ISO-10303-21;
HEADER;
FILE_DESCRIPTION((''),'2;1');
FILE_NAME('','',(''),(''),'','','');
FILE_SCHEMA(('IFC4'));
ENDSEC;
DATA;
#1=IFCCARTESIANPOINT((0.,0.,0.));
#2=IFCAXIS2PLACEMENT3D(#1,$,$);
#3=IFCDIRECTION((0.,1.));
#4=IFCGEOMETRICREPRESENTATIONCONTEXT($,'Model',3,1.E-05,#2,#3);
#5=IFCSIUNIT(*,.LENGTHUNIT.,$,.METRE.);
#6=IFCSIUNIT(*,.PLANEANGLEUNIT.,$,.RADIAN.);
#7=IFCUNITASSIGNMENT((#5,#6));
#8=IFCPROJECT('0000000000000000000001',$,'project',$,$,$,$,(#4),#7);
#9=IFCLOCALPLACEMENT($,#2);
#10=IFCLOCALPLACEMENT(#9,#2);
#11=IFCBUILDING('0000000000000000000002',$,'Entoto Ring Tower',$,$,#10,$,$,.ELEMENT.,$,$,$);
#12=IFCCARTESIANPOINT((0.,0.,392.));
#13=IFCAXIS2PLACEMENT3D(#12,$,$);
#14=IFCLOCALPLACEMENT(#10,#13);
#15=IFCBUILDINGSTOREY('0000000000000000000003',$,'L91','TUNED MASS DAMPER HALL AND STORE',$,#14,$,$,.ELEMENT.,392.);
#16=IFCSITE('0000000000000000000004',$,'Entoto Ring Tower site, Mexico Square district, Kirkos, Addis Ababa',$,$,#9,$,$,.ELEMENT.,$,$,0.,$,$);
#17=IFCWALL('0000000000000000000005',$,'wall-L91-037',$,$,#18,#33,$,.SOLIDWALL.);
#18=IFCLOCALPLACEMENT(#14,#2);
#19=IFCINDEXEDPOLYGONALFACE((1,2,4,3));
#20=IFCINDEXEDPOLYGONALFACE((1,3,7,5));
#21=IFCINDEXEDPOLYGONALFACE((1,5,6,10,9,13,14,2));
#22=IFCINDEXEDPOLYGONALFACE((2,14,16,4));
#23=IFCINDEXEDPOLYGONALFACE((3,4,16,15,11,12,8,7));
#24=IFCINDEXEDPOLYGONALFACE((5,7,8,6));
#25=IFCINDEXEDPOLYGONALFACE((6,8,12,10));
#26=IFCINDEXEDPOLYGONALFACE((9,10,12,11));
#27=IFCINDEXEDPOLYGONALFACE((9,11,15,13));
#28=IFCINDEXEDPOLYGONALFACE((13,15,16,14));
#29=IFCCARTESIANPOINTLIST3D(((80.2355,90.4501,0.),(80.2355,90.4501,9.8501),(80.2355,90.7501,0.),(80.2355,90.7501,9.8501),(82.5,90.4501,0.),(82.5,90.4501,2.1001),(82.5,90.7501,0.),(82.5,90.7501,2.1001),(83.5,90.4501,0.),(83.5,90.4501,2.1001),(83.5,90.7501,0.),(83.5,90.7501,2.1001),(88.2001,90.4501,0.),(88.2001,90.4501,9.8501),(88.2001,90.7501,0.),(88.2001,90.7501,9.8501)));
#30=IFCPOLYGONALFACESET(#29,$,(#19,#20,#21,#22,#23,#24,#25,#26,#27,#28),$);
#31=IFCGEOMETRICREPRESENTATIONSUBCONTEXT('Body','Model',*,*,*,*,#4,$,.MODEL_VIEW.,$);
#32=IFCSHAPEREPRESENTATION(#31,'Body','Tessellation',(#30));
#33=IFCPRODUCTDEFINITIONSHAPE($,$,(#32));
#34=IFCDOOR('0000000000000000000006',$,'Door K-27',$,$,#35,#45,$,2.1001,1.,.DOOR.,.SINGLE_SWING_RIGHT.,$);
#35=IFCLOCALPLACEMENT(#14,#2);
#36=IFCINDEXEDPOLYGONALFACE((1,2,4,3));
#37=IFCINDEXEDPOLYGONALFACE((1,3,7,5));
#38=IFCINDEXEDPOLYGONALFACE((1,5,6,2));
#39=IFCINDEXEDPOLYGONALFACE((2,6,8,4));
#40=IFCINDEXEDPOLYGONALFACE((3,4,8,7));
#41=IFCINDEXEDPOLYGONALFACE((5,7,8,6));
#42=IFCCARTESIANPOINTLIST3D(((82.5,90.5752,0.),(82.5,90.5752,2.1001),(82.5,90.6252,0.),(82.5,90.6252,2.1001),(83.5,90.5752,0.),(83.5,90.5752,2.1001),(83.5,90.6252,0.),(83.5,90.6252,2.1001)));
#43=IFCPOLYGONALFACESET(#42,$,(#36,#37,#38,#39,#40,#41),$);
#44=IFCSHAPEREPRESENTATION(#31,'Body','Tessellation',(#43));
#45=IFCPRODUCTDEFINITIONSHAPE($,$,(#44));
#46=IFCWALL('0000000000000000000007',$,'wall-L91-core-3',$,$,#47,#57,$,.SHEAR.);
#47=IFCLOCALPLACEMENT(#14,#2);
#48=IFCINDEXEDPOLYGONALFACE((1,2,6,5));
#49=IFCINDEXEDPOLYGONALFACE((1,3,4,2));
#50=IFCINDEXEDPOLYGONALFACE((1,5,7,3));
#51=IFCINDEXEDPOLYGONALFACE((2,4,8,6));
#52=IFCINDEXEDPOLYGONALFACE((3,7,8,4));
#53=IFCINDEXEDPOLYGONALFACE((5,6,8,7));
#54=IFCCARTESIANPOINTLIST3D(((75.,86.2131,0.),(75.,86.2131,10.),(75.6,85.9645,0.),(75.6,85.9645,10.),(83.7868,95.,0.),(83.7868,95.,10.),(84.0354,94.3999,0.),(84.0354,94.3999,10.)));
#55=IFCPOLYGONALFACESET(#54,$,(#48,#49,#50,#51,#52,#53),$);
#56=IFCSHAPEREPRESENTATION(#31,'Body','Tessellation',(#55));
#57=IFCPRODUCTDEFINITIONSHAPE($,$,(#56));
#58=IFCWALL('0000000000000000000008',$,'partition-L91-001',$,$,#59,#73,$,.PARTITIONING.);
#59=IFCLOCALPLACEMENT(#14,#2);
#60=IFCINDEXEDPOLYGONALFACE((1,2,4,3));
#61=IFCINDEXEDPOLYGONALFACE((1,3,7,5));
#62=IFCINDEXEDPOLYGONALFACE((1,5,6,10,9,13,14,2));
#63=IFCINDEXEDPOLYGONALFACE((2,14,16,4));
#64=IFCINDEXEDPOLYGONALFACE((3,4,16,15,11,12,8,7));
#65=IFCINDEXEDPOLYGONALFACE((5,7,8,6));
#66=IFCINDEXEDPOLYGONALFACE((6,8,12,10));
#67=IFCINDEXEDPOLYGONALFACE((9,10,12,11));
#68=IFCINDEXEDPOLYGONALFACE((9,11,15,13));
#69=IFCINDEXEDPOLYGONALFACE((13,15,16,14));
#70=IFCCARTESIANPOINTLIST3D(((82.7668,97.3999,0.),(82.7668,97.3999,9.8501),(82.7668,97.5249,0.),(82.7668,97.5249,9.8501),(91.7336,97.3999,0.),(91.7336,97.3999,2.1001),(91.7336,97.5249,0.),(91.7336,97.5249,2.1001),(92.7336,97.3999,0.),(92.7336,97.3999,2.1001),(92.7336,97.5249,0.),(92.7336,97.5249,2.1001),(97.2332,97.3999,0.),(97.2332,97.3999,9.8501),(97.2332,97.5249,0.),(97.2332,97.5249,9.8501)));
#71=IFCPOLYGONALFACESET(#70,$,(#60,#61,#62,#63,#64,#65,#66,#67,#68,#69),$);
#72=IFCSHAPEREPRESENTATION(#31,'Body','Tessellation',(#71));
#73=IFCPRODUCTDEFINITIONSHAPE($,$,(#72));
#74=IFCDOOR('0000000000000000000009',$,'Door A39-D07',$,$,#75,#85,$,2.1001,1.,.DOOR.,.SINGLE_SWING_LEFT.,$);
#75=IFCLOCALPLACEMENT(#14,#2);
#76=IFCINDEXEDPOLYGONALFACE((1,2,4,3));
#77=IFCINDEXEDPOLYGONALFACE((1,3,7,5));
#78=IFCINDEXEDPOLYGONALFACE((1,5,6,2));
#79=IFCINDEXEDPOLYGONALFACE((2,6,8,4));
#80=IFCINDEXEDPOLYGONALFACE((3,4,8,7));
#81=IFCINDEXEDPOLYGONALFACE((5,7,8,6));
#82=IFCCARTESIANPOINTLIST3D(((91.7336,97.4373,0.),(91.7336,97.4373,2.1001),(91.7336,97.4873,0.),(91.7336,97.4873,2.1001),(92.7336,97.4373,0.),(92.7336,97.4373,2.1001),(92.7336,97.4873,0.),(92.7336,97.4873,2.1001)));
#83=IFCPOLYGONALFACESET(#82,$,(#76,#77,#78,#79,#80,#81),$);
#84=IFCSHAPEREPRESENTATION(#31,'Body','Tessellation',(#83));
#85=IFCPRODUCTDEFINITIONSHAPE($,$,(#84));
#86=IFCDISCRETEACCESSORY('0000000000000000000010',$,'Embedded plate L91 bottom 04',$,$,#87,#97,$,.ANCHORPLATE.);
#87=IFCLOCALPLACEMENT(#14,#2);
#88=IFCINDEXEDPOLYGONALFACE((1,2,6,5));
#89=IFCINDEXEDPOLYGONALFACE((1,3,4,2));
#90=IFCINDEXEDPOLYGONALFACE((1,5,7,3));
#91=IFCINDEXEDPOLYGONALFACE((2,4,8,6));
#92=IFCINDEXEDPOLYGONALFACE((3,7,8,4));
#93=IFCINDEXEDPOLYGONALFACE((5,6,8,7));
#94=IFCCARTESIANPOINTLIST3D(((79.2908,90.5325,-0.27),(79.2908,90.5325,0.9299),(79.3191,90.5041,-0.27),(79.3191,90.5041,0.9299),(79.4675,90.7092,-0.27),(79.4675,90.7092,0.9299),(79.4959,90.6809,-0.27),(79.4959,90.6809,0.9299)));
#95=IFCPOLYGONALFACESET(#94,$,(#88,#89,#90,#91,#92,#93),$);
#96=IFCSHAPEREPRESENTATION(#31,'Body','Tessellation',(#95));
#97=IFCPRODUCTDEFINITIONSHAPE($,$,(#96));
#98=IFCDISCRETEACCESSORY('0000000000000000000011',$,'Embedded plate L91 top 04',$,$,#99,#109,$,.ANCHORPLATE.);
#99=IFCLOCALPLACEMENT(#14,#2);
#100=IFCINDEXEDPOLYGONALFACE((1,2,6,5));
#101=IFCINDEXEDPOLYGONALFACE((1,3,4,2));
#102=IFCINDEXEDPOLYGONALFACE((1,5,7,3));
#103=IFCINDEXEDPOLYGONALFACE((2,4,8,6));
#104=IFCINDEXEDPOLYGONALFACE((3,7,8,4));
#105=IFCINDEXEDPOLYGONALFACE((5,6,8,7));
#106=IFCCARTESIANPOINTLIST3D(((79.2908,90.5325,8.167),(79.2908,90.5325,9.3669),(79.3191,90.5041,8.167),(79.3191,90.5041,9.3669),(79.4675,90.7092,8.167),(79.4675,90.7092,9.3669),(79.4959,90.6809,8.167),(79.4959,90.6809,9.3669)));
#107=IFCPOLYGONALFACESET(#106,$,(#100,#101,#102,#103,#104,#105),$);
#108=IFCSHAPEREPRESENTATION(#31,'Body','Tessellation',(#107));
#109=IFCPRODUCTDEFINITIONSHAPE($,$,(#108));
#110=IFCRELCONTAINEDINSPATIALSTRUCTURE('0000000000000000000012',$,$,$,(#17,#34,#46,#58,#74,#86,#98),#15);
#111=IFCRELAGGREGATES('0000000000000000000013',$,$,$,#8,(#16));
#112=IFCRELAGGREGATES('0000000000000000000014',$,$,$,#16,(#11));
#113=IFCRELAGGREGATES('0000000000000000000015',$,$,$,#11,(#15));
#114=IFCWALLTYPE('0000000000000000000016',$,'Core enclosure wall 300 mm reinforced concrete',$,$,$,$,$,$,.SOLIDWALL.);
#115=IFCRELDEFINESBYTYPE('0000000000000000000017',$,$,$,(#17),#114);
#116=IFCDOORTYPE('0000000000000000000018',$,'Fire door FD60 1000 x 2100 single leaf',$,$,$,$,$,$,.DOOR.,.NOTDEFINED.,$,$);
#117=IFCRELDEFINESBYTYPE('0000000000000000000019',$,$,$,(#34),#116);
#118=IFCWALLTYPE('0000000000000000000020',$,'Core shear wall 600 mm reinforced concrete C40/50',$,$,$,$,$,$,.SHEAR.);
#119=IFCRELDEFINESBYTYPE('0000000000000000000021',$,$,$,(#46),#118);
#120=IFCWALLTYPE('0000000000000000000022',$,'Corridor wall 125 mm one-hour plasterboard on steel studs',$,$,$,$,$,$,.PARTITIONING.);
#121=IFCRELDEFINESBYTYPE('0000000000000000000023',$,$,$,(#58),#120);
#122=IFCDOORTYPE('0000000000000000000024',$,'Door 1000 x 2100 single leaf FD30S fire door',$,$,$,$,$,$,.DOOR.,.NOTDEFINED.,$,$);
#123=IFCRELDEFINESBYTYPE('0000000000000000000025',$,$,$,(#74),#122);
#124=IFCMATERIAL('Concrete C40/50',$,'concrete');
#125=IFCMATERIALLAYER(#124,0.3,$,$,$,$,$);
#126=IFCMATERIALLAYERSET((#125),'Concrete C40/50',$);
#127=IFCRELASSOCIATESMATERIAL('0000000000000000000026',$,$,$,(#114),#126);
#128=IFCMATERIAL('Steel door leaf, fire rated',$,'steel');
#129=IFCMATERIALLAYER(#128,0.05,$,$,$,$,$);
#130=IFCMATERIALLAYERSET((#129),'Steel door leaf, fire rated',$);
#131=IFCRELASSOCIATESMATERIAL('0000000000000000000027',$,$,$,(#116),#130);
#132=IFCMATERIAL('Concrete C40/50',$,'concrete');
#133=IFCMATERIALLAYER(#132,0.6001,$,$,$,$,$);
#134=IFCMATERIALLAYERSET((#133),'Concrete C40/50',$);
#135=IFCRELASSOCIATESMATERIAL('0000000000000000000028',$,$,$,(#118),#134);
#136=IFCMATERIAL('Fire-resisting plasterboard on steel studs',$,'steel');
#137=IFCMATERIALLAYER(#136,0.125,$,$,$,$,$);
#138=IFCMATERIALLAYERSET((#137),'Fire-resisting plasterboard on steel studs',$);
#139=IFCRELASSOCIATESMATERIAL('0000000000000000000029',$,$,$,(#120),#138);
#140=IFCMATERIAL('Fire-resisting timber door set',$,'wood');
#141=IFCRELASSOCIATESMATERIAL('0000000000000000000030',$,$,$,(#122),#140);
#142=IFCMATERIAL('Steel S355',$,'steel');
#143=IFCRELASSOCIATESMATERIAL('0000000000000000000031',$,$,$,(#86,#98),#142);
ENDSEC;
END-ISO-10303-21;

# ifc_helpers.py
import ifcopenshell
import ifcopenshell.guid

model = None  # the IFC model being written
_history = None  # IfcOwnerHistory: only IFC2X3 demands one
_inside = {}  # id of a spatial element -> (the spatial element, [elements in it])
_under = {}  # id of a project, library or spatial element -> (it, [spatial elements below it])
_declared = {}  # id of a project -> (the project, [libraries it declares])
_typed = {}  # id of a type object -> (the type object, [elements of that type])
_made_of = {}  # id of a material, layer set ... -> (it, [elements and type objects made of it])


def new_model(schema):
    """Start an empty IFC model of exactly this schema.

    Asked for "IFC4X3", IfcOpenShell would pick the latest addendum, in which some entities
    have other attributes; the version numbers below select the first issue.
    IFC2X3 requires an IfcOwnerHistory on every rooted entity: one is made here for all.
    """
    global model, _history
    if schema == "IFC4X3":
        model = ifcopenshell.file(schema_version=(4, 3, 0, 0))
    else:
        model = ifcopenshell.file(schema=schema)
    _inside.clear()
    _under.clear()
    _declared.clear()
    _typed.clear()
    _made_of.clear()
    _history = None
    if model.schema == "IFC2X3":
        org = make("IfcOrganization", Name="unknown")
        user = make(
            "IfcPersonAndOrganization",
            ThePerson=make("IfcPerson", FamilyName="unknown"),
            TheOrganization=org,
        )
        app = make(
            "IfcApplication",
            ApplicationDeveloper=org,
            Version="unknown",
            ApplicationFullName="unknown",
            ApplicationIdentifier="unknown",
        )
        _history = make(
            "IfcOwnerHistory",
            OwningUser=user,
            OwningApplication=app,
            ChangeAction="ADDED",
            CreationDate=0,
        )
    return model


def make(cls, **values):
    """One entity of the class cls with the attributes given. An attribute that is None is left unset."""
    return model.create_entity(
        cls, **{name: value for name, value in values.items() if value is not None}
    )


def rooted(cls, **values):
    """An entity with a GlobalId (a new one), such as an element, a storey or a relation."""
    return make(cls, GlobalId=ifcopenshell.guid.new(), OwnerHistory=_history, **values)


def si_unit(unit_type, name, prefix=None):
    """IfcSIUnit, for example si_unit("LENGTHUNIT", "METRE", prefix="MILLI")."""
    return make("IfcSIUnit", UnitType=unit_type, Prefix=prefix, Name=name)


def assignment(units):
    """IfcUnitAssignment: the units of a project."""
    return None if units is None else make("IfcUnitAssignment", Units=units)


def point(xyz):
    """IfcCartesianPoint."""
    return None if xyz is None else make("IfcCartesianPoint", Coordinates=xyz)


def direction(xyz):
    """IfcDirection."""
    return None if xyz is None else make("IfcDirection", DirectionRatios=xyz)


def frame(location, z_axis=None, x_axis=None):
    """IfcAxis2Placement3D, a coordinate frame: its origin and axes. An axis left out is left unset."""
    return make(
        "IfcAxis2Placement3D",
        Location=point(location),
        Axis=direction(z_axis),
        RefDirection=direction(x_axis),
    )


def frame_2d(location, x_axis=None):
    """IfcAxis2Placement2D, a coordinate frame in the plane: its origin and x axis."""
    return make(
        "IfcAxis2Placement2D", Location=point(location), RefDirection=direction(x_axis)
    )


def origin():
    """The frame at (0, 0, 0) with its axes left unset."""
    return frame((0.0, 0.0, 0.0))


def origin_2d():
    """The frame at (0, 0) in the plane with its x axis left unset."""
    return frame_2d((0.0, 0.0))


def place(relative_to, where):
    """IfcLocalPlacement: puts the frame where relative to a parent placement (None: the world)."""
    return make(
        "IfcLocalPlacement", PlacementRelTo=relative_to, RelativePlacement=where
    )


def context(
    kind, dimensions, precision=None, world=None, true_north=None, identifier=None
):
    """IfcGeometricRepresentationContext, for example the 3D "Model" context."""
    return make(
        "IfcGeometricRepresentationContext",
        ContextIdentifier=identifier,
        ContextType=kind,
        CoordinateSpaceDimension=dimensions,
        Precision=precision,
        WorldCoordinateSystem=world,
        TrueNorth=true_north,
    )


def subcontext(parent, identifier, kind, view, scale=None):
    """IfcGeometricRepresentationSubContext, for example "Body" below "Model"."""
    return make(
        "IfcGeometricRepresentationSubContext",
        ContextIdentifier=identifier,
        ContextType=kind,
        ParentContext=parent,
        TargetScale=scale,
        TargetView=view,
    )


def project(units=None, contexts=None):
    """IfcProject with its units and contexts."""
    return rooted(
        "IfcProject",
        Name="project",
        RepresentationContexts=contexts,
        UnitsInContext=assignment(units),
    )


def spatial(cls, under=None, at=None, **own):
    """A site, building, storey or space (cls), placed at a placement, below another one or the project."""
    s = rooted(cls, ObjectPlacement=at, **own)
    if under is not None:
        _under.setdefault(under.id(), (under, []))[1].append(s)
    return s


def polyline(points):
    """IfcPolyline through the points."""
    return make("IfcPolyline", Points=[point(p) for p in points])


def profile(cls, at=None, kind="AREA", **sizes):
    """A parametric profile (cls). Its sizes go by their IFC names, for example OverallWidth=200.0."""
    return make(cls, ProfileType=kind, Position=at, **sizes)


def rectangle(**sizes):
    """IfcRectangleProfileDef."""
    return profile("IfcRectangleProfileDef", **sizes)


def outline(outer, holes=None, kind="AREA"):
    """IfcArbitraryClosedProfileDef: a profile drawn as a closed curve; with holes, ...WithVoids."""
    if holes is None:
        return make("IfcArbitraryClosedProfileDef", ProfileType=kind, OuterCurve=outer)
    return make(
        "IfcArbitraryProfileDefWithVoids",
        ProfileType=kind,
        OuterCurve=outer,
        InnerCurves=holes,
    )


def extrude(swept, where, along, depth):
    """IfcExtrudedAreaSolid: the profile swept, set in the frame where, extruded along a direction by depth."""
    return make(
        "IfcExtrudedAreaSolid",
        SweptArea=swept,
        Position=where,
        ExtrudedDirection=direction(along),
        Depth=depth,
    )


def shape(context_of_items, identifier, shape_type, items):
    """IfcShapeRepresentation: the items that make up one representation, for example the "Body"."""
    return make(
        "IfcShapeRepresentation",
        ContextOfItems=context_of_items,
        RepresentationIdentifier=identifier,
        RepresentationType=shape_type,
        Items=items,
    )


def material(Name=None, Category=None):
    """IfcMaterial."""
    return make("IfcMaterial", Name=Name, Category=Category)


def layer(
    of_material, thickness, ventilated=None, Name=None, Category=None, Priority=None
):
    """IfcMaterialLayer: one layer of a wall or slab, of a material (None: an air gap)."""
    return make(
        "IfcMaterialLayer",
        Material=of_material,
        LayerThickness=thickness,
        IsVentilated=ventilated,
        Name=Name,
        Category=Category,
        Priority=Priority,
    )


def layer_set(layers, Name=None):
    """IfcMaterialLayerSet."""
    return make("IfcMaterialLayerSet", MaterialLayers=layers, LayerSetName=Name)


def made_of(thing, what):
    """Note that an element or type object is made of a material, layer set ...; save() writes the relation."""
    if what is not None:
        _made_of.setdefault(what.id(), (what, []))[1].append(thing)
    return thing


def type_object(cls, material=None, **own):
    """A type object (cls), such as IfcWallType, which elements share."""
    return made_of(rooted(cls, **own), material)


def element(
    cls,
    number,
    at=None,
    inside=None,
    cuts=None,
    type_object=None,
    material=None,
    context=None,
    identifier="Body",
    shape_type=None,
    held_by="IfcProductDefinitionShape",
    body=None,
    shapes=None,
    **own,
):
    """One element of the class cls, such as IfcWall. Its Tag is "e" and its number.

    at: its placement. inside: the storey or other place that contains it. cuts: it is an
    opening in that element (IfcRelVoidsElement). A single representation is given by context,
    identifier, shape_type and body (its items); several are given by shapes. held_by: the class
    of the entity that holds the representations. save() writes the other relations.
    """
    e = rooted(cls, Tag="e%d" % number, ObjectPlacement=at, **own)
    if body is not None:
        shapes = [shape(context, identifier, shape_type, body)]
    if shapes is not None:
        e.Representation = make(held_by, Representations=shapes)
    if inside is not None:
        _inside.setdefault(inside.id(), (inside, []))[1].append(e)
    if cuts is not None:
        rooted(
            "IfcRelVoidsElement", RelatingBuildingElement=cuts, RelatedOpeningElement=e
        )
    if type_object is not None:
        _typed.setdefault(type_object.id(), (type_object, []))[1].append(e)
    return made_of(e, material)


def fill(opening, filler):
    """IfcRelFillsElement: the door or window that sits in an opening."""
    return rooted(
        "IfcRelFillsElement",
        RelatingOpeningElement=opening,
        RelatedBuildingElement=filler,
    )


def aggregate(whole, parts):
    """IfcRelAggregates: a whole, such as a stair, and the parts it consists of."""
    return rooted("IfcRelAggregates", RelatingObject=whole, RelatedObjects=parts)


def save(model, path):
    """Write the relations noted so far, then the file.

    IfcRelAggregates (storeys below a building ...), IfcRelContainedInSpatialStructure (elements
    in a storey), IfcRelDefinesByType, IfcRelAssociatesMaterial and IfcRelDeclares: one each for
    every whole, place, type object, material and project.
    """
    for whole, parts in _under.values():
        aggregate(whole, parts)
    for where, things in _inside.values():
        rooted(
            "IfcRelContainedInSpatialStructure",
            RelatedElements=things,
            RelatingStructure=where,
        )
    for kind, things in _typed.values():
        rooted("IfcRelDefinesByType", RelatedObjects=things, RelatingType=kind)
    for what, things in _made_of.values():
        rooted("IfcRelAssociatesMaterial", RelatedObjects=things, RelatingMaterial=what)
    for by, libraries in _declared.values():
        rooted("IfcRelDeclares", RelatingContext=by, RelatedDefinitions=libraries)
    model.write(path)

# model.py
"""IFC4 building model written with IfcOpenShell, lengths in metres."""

from ifc_helpers import new_model, si_unit, direction, frame, frame_2d, origin, origin_2d, place, context, subcontext, project, spatial, polyline, rectangle, outline, extrude, material, layer, layer_set, type_object, element, fill, save


model = new_model("IFC4")

# Units and contexts
model_context = context("Model", 3, precision=1e-05, world=origin(), true_north=direction((0.0, 1.0)))
body_context = subcontext(model_context, "Body", "Model", "MODEL_VIEW")
ifc_project = project(units=[si_unit("LENGTHUNIT", "METRE"), si_unit("PLANEANGLEUNIT", "RADIAN")], contexts=[model_context])

# Site, building, storey
site_placement = place(None, origin())
site = spatial("IfcSite", under=ifc_project, at=site_placement, Name="Entoto Ring Tower site, Mexico Square district, Kirkos, Addis Ababa", CompositionType="ELEMENT", RefElevation=0.0)
building_placement = place(site_placement, origin())
building = spatial("IfcBuilding", under=site, at=building_placement, Name="Entoto Ring Tower", CompositionType="ELEMENT")
storey_placement = place(building_placement, frame((0.0, 0.0, 392.0)))
storey = spatial("IfcBuildingStorey", under=building, at=storey_placement, Name="L91", Description="TUNED MASS DAMPER HALL AND STORE", CompositionType="ELEMENT", Elevation=392.0)

# Wall, opening, door
ifc_material_1 = material(Name="Concrete C40/50", Category="concrete")
ifc_layer_1 = layer(ifc_material_1, 0.3)
ifc_layer_set_1 = layer_set([ifc_layer_1], Name="Concrete C40/50")
wall_type_1 = type_object("IfcWallType", Name="Core enclosure wall 300 mm reinforced concrete", PredefinedType="SOLIDWALL", material=ifc_layer_set_1)
wall_1_placement = place(storey_placement, frame((80.2354, 90.6001, 0.0), z_axis=(0.0, 0.0, 1.0), x_axis=(1.0, 0.0, 0.0)))
wall_1 = element("IfcWall", 1, at=wall_1_placement, inside=storey, type_object=wall_type_1, Name="wall-L91-037", PredefinedType="SOLIDWALL", context=body_context, shape_type="SweptSolid", body=[
    extrude(rectangle(XDim=7.9646, YDim=0.3, at=frame_2d((3.9824, 0.0))), origin(), (0.0, 0.0, 1.0), 9.8501),
])
opening_1_placement = place(wall_1_placement, frame((2.2646, 0.0, 0.0)))
opening_1 = element("IfcOpeningElement", 2, at=opening_1_placement, cuts=wall_1, PredefinedType="OPENING", context=body_context, shape_type="SweptSolid", body=[
    extrude(rectangle(XDim=1.0, YDim=2.1001, at=frame_2d((0.5, 1.05))), frame((0.0, 0.1602, 0.0), z_axis=(0.0, -1.0, 0.0), x_axis=(1.0, 0.0, 0.0)), (0.0, 0.0, 1.0), 0.3201),
])
ifc_material_2 = material(Name="Steel door leaf, fire rated", Category="steel")
ifc_layer_2 = layer(ifc_material_2, 0.05)
ifc_layer_set_2 = layer_set([ifc_layer_2], Name="Steel door leaf, fire rated")
door_type_1 = type_object("IfcDoorType", Name="Fire door FD60 1000 x 2100 single leaf", OperationType="NOTDEFINED", PredefinedType="DOOR", material=ifc_layer_set_2)
door_1_placement = place(opening_1_placement, frame((1.0, 0.0, 0.0), z_axis=(0.0, 0.0, 1.0), x_axis=(-1.0, 0.0, 0.0)))
door_1 = element("IfcDoor", 3, at=door_1_placement, inside=storey, type_object=door_type_1, Name="Door K-27", OperationType="SINGLE_SWING_RIGHT", OverallHeight=2.1001, OverallWidth=1.0, PredefinedType="DOOR", context=body_context, shape_type="SweptSolid", body=[
    extrude(rectangle(XDim=1.0, YDim=2.1001, at=frame_2d((0.5, 1.05))), frame((0.0, 0.0249, 0.0), z_axis=(0.0, -1.0, 0.0), x_axis=(1.0, 0.0, 0.0)), (0.0, 0.0, 1.0), 0.05),
])
fill(opening_1, door_1)

# Wall
ifc_material_3 = material(Name="Concrete C40/50", Category="concrete")
ifc_layer_3 = layer(ifc_material_3, 0.6001)
ifc_layer_set_3 = layer_set([ifc_layer_3], Name="Concrete C40/50")
wall_type_2 = type_object("IfcWallType", Name="Core shear wall 600 mm reinforced concrete C40/50", PredefinedType="SHEAR", material=ifc_layer_set_3)
wall_2_placement = place(storey_placement, frame((83.9111, 94.7, 0.0), z_axis=(0.0, 0.0, 1.0), x_axis=(-0.707107, -0.707107, 0.0)))
element("IfcWall", 4, at=wall_2_placement, inside=storey, type_object=wall_type_2, Name="wall-L91-core-3", PredefinedType="SHEAR", context=body_context, shape_type="SweptSolid", body=[
    extrude(outline(polyline([(-0.1243, -0.3), (12.3022, -0.3), (12.0537, 0.3), (0.1243, 0.3), (-0.1243, -0.3)])), origin(), (0.0, 0.0, 1.0), 10.0),
])

# Wall, opening, door
ifc_material_4 = material(Name="Fire-resisting plasterboard on steel studs", Category="steel")
ifc_layer_4 = layer(ifc_material_4, 0.125)
ifc_layer_set_4 = layer_set([ifc_layer_4], Name="Fire-resisting plasterboard on steel studs")
wall_type_3 = type_object("IfcWallType", Name="Corridor wall 125 mm one-hour plasterboard on steel studs", PredefinedType="PARTITIONING", material=ifc_layer_set_4)
wall_3_placement = place(storey_placement, frame((82.7668, 97.4624, 0.0), z_axis=(0.0, 0.0, 1.0), x_axis=(1.0, 0.0, 0.0)))
wall_3 = element("IfcWall", 5, at=wall_3_placement, inside=storey, type_object=wall_type_3, Name="partition-L91-001", PredefinedType="PARTITIONING", context=body_context, shape_type="SweptSolid", body=[
    extrude(rectangle(XDim=14.4663, YDim=0.125, at=frame_2d((7.2332, 0.0))), origin(), (0.0, 0.0, 1.0), 9.8501),
])
opening_2_placement = place(wall_3_placement, frame((8.9668, 0.0, 0.0)))
opening_2 = element("IfcOpeningElement", 6, at=opening_2_placement, cuts=wall_3, PredefinedType="OPENING", context=body_context, shape_type="SweptSolid", body=[
    extrude(rectangle(XDim=1.0, YDim=2.1001, at=frame_2d((0.5, 1.05))), frame((0.0, 0.0725, 0.0), z_axis=(0.0, -1.0, 0.0), x_axis=(1.0, 0.0, 0.0)), (0.0, 0.0, 1.0), 0.145),
])
ifc_material_5 = material(Name="Fire-resisting timber door set", Category="wood")
door_type_2 = type_object("IfcDoorType", Name="Door 1000 x 2100 single leaf FD30S fire door", OperationType="NOTDEFINED", PredefinedType="DOOR", material=ifc_material_5)
door_2_placement = place(opening_2_placement, origin())
door_2 = element("IfcDoor", 7, at=door_2_placement, inside=storey, type_object=door_type_2, Name="Door A39-D07", OperationType="SINGLE_SWING_LEFT", OverallHeight=2.1001, OverallWidth=1.0, PredefinedType="DOOR", context=body_context, shape_type="SweptSolid", body=[
    extrude(rectangle(XDim=1.0, YDim=2.1001, at=frame_2d((0.5, 1.05))), frame((0.0, 0.0249, 0.0), z_axis=(0.0, -1.0, 0.0), x_axis=(1.0, 0.0, 0.0)), (0.0, 0.0, 1.0), 0.05),
])
fill(opening_2, door_2)

# Discrete accessories
ifc_material_6 = material(Name="Steel S355", Category="steel")
for number, where, z_axis, x_axis, name in (
    (8, (79.3933, 90.6067, -0.27), (0.0, 0.0, 1.0), (-0.707107, 0.707107, 0.0), "Embedded plate L91 bottom 04"),
    (9, (79.3933, 90.6067, 8.167), (0.0, 0.0, 1.0), (-0.707107, 0.707107, 0.0), "Embedded plate L91 top 04"),
):
    element("IfcDiscreteAccessory", number, at=place(storey_placement, frame(where, z_axis=z_axis, x_axis=x_axis)), inside=storey, material=ifc_material_6, Name=name, PredefinedType="ANCHORPLATE", context=body_context, shape_type="SweptSolid", body=[
        extrude(rectangle(XDim=0.04, YDim=0.25, at=origin_2d()), origin(), (0.0, 0.0, 1.0), 1.2),
    ])

save(model, "model.ifc")
